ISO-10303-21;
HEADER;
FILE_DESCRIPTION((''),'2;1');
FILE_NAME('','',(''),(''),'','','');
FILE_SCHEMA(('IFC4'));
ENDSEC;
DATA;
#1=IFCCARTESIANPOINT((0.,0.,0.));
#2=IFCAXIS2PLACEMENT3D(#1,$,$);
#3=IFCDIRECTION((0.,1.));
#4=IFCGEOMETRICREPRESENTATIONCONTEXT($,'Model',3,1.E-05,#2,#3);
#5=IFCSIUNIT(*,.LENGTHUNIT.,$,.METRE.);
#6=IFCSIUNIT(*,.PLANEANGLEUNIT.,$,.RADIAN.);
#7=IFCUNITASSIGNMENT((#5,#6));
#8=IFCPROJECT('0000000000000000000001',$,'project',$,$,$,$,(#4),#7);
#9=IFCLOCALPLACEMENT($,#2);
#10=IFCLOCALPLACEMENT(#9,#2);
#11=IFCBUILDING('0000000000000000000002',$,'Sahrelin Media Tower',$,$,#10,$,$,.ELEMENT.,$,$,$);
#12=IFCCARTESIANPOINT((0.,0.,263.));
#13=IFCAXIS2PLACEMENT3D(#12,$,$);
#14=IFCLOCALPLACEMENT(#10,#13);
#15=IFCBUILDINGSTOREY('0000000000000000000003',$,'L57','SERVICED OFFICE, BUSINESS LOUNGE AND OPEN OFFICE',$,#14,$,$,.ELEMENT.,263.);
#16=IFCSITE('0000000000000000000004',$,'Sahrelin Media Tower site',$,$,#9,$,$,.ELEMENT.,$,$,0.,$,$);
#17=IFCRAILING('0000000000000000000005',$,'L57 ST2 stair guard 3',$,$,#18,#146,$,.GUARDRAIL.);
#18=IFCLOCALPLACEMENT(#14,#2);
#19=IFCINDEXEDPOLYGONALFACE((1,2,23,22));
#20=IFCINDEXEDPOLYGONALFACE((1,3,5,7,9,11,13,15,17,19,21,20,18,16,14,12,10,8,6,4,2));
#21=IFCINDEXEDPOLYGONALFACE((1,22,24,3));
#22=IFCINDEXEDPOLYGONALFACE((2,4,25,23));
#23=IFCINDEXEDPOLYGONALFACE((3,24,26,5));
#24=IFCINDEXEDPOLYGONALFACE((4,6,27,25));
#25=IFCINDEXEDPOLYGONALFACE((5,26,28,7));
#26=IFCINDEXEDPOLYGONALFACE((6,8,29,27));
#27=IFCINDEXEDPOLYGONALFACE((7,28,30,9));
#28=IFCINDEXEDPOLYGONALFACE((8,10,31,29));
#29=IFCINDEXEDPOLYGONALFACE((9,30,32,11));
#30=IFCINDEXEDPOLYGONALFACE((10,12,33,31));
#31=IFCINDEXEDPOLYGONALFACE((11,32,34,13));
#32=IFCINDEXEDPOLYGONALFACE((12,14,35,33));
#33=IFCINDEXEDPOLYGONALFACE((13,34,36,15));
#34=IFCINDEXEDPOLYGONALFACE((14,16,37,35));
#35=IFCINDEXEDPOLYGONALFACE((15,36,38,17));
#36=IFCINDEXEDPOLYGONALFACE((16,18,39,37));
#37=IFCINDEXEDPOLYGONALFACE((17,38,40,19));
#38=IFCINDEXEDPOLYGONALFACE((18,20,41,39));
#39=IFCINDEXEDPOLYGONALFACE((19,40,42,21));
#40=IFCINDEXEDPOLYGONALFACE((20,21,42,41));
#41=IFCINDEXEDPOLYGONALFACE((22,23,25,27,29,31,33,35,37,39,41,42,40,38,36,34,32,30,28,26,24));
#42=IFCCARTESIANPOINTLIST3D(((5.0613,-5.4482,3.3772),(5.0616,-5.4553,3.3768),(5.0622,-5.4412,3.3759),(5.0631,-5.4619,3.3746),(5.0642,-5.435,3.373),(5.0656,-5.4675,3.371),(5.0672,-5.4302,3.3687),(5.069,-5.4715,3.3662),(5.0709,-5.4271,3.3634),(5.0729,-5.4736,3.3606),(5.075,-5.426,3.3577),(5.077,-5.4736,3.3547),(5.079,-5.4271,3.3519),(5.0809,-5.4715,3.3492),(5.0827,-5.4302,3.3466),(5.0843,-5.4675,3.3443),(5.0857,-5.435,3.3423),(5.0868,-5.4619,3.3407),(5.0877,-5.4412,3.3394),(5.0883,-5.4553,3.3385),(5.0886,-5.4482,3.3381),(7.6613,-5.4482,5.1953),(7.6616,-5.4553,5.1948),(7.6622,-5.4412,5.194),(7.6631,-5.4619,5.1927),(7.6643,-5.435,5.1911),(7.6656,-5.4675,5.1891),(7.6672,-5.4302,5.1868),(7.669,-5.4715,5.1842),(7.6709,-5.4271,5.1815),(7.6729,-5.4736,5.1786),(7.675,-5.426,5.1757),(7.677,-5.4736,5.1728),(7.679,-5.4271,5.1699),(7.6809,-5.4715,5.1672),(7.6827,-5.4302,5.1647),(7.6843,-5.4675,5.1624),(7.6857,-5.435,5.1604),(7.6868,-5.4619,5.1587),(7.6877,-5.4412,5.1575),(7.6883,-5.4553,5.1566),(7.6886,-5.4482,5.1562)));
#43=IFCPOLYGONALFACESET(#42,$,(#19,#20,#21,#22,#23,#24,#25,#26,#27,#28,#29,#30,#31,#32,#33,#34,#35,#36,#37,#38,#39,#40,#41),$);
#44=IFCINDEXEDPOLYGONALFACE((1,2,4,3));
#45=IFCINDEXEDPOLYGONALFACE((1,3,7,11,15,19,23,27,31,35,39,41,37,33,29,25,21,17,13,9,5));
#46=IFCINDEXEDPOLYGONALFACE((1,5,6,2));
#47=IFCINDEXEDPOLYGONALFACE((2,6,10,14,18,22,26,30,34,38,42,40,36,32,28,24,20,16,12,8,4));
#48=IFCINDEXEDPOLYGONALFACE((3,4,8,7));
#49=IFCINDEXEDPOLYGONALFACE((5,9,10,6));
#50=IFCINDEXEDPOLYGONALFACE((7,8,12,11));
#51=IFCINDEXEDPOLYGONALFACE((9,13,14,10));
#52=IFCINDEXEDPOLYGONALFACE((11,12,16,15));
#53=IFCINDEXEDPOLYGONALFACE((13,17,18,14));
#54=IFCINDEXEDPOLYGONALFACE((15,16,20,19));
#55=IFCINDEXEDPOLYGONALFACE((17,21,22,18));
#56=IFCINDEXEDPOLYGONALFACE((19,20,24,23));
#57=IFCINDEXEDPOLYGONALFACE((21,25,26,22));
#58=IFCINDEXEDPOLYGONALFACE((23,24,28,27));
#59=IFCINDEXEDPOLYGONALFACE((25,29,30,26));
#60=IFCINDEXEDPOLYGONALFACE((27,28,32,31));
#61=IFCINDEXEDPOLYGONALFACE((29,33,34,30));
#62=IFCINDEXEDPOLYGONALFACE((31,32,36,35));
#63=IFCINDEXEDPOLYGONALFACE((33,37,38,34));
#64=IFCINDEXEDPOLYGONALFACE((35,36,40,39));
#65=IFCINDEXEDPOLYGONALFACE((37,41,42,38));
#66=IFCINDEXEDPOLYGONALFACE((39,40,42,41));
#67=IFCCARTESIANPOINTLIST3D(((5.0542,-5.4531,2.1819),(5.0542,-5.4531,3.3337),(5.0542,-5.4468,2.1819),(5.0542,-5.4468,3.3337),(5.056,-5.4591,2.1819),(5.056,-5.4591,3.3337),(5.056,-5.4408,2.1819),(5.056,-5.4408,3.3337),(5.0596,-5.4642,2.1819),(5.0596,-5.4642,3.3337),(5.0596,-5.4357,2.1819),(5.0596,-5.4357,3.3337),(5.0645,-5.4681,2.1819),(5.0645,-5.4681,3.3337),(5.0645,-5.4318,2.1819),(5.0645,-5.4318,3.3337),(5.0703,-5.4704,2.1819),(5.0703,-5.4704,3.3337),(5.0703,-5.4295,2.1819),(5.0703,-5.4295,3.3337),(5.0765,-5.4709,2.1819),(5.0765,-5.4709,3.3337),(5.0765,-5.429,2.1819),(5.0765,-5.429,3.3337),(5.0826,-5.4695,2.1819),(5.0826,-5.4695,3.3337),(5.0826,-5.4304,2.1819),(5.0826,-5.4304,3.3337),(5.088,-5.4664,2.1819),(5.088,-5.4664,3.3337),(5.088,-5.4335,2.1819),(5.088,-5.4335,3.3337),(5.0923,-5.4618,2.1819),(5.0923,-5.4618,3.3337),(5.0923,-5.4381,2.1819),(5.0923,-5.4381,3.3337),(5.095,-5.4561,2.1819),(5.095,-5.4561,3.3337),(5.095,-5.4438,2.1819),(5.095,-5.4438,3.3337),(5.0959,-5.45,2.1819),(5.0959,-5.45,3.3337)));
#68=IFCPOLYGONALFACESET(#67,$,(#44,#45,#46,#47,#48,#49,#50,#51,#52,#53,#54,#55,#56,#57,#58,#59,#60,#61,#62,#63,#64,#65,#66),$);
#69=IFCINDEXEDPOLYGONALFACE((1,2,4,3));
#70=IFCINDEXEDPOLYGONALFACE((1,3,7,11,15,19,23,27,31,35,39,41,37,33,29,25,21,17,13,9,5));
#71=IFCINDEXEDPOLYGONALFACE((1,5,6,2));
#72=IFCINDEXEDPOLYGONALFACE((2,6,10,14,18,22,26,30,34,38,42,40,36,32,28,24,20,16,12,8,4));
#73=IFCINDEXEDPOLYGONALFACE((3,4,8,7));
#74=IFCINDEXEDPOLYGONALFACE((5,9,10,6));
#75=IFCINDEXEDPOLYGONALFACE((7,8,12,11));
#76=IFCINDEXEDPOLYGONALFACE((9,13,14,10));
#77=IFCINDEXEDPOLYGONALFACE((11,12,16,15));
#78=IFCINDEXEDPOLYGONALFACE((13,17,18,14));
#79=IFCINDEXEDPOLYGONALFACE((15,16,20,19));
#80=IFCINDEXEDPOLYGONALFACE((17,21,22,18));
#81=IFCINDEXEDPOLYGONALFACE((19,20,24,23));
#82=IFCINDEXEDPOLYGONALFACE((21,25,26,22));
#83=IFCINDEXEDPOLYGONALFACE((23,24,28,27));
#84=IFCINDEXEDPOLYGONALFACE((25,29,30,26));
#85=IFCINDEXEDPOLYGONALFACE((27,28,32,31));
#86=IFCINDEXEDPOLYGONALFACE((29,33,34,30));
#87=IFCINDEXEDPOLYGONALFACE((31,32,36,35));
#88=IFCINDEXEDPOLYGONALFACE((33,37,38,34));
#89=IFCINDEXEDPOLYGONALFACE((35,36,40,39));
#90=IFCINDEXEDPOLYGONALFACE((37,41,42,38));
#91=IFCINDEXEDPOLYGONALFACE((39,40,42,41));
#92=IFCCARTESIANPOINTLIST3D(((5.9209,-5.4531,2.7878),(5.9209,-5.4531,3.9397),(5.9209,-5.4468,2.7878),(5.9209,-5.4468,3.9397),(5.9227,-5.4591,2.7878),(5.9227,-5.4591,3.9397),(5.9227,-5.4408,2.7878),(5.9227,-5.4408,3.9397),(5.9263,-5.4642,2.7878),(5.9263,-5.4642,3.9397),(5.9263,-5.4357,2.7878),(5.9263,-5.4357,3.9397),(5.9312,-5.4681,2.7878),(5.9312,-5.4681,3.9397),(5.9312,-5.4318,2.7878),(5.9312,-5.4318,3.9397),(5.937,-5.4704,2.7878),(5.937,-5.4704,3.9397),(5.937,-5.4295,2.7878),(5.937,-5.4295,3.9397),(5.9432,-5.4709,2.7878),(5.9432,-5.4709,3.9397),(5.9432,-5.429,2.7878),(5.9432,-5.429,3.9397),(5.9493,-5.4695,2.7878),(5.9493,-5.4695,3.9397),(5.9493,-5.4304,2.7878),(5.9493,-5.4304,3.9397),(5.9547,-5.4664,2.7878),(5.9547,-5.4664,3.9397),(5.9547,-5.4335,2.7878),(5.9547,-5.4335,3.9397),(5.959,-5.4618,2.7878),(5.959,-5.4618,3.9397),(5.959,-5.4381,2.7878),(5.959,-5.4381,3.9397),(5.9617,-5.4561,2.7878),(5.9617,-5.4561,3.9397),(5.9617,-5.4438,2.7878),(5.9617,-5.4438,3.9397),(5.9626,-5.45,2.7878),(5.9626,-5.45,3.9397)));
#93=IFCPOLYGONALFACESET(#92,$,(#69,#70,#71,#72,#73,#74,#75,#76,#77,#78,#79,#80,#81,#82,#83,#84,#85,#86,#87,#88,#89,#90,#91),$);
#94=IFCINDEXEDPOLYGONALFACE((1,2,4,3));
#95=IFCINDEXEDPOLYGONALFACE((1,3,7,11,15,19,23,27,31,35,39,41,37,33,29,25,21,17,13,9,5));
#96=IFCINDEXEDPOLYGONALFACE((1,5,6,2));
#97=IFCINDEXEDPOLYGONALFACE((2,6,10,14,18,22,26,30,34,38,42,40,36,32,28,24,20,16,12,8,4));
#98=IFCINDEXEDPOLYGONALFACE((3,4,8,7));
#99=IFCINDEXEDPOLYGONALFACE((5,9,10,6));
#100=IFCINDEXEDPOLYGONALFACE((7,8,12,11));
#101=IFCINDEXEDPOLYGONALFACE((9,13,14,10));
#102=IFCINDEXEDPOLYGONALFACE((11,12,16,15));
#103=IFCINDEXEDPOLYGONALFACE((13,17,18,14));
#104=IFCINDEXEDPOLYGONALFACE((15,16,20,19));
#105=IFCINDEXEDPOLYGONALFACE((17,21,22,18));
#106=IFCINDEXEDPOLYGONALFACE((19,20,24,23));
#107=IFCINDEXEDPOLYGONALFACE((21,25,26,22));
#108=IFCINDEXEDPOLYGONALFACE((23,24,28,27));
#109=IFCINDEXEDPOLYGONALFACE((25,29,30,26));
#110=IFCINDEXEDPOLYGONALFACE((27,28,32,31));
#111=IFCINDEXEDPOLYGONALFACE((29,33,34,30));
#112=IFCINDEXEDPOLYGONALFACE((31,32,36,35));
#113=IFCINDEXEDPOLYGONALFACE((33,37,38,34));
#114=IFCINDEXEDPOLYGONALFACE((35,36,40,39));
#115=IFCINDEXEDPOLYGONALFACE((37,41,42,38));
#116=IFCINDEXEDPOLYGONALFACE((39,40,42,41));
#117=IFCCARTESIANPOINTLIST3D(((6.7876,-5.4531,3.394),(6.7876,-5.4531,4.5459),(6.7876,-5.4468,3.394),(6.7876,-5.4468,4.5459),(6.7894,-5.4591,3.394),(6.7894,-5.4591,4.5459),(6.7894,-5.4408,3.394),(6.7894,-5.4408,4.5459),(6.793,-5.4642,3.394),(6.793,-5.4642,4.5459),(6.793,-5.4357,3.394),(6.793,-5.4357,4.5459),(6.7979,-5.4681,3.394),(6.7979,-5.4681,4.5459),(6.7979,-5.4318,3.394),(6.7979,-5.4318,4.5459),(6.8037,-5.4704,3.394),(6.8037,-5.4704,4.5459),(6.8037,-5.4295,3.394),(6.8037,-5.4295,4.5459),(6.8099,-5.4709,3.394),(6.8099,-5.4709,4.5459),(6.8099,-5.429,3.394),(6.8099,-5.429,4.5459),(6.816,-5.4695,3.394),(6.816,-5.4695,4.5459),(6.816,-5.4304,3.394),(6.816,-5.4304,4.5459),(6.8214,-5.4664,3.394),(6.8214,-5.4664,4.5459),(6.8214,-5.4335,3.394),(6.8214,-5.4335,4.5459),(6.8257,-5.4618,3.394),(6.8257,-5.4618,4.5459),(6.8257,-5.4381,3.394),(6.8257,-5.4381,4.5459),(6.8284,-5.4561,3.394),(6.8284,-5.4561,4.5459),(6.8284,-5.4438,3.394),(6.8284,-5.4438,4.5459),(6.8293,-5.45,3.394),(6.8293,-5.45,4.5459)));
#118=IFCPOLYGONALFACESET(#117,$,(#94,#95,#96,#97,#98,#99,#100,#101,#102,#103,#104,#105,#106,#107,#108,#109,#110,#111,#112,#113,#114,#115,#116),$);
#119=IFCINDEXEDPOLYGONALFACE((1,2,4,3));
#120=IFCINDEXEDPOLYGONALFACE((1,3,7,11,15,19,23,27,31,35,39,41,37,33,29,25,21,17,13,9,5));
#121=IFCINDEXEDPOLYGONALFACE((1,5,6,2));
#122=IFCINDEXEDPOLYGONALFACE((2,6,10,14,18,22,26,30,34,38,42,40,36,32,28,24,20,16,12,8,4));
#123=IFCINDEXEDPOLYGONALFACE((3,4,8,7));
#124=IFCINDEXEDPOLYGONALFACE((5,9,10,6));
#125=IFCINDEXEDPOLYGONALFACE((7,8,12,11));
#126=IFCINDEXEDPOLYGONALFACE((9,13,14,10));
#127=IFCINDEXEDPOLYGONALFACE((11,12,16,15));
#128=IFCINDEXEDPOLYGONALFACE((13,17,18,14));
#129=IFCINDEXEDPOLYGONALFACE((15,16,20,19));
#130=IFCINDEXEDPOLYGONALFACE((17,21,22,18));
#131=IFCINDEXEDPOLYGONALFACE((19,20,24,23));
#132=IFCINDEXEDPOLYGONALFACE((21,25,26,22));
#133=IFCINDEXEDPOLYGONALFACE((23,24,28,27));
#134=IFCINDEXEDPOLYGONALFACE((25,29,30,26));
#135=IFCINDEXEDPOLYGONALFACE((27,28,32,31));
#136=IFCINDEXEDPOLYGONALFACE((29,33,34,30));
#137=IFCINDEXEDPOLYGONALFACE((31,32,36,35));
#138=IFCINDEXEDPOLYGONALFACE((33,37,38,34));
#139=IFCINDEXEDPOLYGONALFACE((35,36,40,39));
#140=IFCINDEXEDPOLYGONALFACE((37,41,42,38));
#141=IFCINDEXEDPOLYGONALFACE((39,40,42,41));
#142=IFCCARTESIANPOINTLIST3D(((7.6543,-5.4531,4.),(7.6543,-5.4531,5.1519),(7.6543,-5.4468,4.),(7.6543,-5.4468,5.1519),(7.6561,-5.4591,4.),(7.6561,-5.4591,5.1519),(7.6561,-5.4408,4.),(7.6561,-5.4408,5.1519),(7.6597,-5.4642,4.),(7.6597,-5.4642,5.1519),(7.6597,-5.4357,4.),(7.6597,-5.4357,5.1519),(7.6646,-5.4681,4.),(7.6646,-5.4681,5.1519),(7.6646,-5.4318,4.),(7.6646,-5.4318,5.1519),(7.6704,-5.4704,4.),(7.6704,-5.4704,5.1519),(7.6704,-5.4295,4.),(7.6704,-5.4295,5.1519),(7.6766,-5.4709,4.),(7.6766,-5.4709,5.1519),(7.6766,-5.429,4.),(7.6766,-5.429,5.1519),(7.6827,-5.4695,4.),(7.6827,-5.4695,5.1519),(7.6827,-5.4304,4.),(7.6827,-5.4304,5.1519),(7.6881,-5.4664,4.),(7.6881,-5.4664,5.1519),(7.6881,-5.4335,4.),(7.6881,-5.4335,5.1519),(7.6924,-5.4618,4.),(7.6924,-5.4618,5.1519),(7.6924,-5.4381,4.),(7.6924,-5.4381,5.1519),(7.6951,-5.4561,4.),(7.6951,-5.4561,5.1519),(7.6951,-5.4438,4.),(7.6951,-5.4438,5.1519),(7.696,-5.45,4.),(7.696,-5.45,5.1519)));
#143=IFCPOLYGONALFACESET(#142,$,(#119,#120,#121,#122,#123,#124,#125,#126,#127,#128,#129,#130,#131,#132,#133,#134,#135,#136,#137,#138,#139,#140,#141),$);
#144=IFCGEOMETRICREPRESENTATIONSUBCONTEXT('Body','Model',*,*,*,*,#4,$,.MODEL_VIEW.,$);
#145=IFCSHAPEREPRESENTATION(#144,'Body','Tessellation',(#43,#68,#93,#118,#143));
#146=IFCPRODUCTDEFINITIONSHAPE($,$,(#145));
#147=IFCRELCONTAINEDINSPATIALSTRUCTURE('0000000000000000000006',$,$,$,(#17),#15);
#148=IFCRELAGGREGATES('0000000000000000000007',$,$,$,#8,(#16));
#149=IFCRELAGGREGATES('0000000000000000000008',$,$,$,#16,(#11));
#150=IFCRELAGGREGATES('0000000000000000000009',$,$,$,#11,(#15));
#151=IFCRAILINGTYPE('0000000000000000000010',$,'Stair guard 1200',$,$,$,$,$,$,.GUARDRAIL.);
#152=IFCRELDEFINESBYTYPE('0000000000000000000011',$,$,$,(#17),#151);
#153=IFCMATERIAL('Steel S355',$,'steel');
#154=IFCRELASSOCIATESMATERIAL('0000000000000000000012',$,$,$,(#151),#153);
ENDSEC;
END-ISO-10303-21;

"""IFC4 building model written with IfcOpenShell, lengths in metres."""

from ifc_helpers import new_model, si_unit, direction, frame, origin, origin_2d, place, context, subcontext, project, spatial, circle, extrude, material, type_object, element, save


model = new_model("IFC4")

# Units and contexts
model_context = context("Model", 3, precision=1e-05, world=origin(), true_north=direction((0.0, 1.0)))
body_context = subcontext(model_context, "Body", "Model", "MODEL_VIEW")
ifc_project = project(units=[si_unit("LENGTHUNIT", "METRE"), si_unit("PLANEANGLEUNIT", "RADIAN")], contexts=[model_context])

# Site, building, storey
site_placement = place(None, origin())
site = spatial("IfcSite", under=ifc_project, at=site_placement, Name="Sahrelin Media Tower site", CompositionType="ELEMENT", RefElevation=0.0)
building_placement = place(site_placement, origin())
building = spatial("IfcBuilding", under=site, at=building_placement, Name="Sahrelin Media Tower", CompositionType="ELEMENT")
storey_placement = place(building_placement, frame((0.0, 0.0, 263.0)))
storey = spatial("IfcBuildingStorey", under=building, at=storey_placement, Name="L57", Description="SERVICED OFFICE, BUSINESS LOUNGE AND OPEN OFFICE", CompositionType="ELEMENT", Elevation=263.0)

# Railing
ifc_material_1 = material(Name="Steel S355", Category="steel")
railing_type_1 = type_object("IfcRailingType", Name="Stair guard 1200", PredefinedType="GUARDRAIL", material=ifc_material_1)
railing_1_placement = place(storey_placement, frame((5.075, -5.45, 2.1819)))
element("IfcRailing", 1, at=railing_1_placement, inside=storey, type_object=railing_type_1, Name="L57 ST2 stair guard 3", PredefinedType="GUARDRAIL", context=body_context, shape_type="SweptSolid", body=[
    extrude(circle(Radius=0.0239, at=origin_2d()), frame((0.0, 0.0, 1.1758), z_axis=(0.819521, 0.0, 0.573049), x_axis=(0.0, 1.0, 0.0)), (0.0, 0.0, 1.0), 3.1726),
    extrude(circle(Radius=0.021, at=origin_2d()), origin(), (0.0, 0.0, 1.0), 1.1519),
    extrude(circle(Radius=0.021, at=origin_2d()), frame((0.8667, 0.0, 0.606)), (0.0, 0.0, 1.0), 1.1519),
    extrude(circle(Radius=0.021, at=origin_2d()), frame((1.7334, 0.0, 1.2122)), (0.0, 0.0, 1.0), 1.1519),
    extrude(circle(Radius=0.021, at=origin_2d()), frame((2.6001, 0.0, 1.8181)), (0.0, 0.0, 1.0), 1.1519),
])

save(model, "model.ifc")
